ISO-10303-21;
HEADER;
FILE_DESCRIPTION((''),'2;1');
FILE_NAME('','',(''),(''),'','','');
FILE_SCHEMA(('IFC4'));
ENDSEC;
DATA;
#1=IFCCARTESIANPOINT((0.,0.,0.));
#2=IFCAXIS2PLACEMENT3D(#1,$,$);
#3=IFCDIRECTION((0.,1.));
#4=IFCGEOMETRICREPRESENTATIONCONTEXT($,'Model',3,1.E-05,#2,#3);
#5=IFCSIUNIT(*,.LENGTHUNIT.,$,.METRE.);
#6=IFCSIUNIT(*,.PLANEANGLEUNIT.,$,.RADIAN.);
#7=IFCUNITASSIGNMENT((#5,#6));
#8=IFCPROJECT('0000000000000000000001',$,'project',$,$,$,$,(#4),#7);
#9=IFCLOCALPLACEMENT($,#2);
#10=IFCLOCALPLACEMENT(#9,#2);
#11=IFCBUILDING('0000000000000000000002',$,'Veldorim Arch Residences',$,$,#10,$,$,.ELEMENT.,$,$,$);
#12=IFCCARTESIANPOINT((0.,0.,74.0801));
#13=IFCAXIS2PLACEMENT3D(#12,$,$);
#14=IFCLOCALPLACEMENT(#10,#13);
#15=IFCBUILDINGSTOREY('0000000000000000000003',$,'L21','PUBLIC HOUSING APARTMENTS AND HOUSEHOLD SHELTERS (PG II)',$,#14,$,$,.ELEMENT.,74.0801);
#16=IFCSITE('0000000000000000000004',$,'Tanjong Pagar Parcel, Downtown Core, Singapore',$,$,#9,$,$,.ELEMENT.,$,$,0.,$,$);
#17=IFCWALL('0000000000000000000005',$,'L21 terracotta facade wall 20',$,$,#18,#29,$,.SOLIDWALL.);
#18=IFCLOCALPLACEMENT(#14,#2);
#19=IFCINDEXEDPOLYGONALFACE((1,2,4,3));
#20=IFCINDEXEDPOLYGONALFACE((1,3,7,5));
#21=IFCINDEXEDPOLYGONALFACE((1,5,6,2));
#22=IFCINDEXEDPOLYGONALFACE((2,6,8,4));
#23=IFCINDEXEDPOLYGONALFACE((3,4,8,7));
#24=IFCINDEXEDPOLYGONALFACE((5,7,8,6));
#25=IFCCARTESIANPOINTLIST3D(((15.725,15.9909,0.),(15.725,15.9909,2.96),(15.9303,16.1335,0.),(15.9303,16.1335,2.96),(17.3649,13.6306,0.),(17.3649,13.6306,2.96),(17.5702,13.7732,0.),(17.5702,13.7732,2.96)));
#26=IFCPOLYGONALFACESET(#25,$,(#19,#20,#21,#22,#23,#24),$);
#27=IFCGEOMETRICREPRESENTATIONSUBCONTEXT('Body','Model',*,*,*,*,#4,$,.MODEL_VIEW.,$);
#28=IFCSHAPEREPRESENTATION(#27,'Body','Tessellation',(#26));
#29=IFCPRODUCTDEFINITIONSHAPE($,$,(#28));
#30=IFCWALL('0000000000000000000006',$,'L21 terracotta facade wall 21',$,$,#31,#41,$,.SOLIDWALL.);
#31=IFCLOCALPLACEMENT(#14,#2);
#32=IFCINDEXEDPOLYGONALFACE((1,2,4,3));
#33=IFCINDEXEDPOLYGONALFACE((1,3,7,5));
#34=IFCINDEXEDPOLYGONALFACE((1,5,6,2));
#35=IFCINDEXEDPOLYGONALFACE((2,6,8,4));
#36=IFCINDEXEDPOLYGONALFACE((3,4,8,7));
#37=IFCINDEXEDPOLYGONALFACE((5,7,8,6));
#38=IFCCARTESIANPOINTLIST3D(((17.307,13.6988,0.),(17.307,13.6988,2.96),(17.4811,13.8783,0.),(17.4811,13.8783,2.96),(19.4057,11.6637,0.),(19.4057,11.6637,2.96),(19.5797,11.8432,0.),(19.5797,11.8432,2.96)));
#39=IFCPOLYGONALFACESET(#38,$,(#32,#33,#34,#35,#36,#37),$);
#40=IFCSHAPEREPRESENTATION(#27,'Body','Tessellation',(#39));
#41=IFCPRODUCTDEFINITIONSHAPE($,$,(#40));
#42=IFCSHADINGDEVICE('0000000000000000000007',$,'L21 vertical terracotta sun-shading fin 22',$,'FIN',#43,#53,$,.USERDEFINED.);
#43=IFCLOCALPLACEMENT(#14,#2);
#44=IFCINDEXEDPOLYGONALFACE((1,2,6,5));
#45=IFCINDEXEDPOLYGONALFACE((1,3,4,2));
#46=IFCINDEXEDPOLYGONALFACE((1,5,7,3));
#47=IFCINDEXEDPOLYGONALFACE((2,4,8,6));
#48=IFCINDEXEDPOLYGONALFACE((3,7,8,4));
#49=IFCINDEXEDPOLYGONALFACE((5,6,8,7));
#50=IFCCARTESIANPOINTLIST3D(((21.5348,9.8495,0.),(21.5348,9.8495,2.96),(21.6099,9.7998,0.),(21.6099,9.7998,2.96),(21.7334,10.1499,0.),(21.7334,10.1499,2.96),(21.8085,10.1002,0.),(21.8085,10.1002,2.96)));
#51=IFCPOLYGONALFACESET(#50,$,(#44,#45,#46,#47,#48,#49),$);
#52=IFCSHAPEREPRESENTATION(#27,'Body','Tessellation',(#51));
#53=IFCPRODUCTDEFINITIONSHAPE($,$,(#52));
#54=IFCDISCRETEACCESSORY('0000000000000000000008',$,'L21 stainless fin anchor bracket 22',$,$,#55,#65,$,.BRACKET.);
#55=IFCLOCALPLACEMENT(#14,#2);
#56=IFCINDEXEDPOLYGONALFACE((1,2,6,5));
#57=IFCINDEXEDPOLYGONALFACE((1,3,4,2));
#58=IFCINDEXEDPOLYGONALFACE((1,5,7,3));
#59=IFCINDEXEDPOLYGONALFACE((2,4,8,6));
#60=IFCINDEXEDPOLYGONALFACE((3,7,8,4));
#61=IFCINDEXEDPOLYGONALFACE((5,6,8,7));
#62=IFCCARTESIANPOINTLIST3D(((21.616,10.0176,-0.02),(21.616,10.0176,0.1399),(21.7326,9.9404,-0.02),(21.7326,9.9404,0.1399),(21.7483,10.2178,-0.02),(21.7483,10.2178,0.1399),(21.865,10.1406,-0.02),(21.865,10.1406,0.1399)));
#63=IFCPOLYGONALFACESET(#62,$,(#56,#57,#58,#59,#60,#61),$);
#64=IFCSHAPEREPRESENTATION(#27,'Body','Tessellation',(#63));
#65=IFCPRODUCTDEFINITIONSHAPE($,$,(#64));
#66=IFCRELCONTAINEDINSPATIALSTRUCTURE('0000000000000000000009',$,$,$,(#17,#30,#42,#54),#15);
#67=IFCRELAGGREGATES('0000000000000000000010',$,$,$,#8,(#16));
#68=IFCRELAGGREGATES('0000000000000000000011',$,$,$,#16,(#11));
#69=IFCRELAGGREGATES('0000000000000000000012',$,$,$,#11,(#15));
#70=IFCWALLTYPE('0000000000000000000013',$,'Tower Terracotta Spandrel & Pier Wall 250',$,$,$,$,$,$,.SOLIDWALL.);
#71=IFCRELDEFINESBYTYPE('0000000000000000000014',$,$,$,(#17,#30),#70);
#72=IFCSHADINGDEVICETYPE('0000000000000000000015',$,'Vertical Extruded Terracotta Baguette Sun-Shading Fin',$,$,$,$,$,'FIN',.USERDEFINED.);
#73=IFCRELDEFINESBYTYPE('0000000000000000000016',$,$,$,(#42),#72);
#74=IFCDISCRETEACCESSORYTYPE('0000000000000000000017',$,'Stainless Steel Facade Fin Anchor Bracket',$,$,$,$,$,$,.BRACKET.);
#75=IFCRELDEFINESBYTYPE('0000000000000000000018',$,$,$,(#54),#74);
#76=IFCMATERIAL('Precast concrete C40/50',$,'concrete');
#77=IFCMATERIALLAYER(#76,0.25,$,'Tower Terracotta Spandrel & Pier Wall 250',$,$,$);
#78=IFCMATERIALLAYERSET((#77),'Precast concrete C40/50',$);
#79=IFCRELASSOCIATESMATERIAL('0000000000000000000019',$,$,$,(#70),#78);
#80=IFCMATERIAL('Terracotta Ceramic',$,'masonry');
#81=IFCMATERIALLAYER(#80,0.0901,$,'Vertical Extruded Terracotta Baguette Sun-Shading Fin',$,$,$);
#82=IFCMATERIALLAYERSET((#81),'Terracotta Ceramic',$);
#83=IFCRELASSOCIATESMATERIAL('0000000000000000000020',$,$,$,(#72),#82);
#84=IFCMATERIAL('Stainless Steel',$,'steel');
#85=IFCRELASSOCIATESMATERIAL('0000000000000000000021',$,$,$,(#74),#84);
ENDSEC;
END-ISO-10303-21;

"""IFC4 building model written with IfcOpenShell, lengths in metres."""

from ifc_helpers import new_model, si_unit, direction, frame, frame_2d, origin, origin_2d, place, context, subcontext, project, spatial, rectangle, extrude, material, layer, layer_set, type_object, element, save


model = new_model("IFC4")

# Units and contexts
model_context = context("Model", 3, precision=1e-05, world=origin(), true_north=direction((0.0, 1.0)))
body_context = subcontext(model_context, "Body", "Model", "MODEL_VIEW")
ifc_project = project(units=[si_unit("LENGTHUNIT", "METRE"), si_unit("PLANEANGLEUNIT", "RADIAN")], contexts=[model_context])

# Site, building, storey
site_placement = place(None, origin())
site = spatial("IfcSite", under=ifc_project, at=site_placement, Name="Tanjong Pagar Parcel, Downtown Core, Singapore", CompositionType="ELEMENT", RefElevation=0.0)
building_placement = place(site_placement, origin())
building = spatial("IfcBuilding", under=site, at=building_placement, Name="Veldorim Arch Residences", CompositionType="ELEMENT")
storey_placement = place(building_placement, frame((0.0, 0.0, 74.0801)))
storey = spatial("IfcBuildingStorey", under=building, at=storey_placement, Name="L21", Description="PUBLIC HOUSING APARTMENTS AND HOUSEHOLD SHELTERS (PG II)", CompositionType="ELEMENT", Elevation=74.0801)

# Walls
ifc_material_1 = material(Name="Precast concrete C40/50", Category="concrete")
ifc_layer_1 = layer(ifc_material_1, 0.25, Name="Tower Terracotta Spandrel & Pier Wall 250")
ifc_layer_set_1 = layer_set([ifc_layer_1], Name="Precast concrete C40/50")
wall_type_1 = type_object("IfcWallType", Name="Tower Terracotta Spandrel & Pier Wall 250", PredefinedType="SOLIDWALL", material=ifc_layer_set_1)
wall_1_placement = place(storey_placement, frame((17.4675, 13.7019, 0.0), z_axis=(0.0, 0.0, 1.0), x_axis=(-0.570574, 0.821246, 0.0)))
element("IfcWall", 1, at=wall_1_placement, inside=storey, type_object=wall_type_1, Name="L21 terracotta facade wall 20", PredefinedType="SOLIDWALL", context=body_context, shape_type="SweptSolid", body=[
    extrude(rectangle(XDim=2.874, YDim=0.25, at=frame_2d((1.437, 0.0))), origin(), (0.0, 0.0, 1.0), 2.96),
])
wall_2_placement = place(storey_placement, frame((19.4927, 11.7534, 0.0), z_axis=(0.0, 0.0, 1.0), x_axis=(-0.71788, 0.696167, 0.0)))
element("IfcWall", 2, at=wall_2_placement, inside=storey, type_object=wall_type_1, Name="L21 terracotta facade wall 21", PredefinedType="SOLIDWALL", context=body_context, shape_type="SweptSolid", body=[
    extrude(rectangle(XDim=2.9233, YDim=0.25, at=frame_2d((1.4617, 0.0))), origin(), (0.0, 0.0, 1.0), 2.96),
])

# Shading device
ifc_material_2 = material(Name="Terracotta Ceramic", Category="masonry")
ifc_layer_2 = layer(ifc_material_2, 0.0901, Name="Vertical Extruded Terracotta Baguette Sun-Shading Fin")
ifc_layer_set_2 = layer_set([ifc_layer_2], Name="Terracotta Ceramic")
shading_device_type = type_object("IfcShadingDeviceType", Name="Vertical Extruded Terracotta Baguette Sun-Shading Fin", ElementType="FIN", PredefinedType="USERDEFINED", material=ifc_layer_set_2)
shading_device_placement = place(storey_placement, frame((21.6716, 9.9749, 0.0), z_axis=(0.0, 0.0, 1.0), x_axis=(-0.834175, 0.5515, 0.0)))
element("IfcShadingDevice", 3, at=shading_device_placement, inside=storey, type_object=shading_device_type, Name="L21 vertical terracotta sun-shading fin 22", ObjectType="FIN", PredefinedType="USERDEFINED", context=body_context, shape_type="SweptSolid", body=[
    extrude(rectangle(XDim=0.0901, YDim=0.3601, at=origin_2d()), origin(), (0.0, 0.0, 1.0), 2.96),
])

# Discrete accessory
ifc_material_3 = material(Name="Stainless Steel", Category="steel")
discrete_accessory_type = type_object("IfcDiscreteAccessoryType", Name="Stainless Steel Facade Fin Anchor Bracket", PredefinedType="BRACKET", material=ifc_material_3)
discrete_accessory_placement = place(storey_placement, frame((21.7405, 10.0791, -0.02), z_axis=(0.0, 0.0, 1.0), x_axis=(-0.834175, 0.5515, 0.0)))
element("IfcDiscreteAccessory", 4, at=discrete_accessory_placement, inside=storey, type_object=discrete_accessory_type, Name="L21 stainless fin anchor bracket 22", PredefinedType="BRACKET", context=body_context, shape_type="SweptSolid", body=[
    extrude(rectangle(XDim=0.1399, YDim=0.24, at=origin_2d()), origin(), (0.0, 0.0, 1.0), 0.1599),
])

save(model, "model.ifc")
